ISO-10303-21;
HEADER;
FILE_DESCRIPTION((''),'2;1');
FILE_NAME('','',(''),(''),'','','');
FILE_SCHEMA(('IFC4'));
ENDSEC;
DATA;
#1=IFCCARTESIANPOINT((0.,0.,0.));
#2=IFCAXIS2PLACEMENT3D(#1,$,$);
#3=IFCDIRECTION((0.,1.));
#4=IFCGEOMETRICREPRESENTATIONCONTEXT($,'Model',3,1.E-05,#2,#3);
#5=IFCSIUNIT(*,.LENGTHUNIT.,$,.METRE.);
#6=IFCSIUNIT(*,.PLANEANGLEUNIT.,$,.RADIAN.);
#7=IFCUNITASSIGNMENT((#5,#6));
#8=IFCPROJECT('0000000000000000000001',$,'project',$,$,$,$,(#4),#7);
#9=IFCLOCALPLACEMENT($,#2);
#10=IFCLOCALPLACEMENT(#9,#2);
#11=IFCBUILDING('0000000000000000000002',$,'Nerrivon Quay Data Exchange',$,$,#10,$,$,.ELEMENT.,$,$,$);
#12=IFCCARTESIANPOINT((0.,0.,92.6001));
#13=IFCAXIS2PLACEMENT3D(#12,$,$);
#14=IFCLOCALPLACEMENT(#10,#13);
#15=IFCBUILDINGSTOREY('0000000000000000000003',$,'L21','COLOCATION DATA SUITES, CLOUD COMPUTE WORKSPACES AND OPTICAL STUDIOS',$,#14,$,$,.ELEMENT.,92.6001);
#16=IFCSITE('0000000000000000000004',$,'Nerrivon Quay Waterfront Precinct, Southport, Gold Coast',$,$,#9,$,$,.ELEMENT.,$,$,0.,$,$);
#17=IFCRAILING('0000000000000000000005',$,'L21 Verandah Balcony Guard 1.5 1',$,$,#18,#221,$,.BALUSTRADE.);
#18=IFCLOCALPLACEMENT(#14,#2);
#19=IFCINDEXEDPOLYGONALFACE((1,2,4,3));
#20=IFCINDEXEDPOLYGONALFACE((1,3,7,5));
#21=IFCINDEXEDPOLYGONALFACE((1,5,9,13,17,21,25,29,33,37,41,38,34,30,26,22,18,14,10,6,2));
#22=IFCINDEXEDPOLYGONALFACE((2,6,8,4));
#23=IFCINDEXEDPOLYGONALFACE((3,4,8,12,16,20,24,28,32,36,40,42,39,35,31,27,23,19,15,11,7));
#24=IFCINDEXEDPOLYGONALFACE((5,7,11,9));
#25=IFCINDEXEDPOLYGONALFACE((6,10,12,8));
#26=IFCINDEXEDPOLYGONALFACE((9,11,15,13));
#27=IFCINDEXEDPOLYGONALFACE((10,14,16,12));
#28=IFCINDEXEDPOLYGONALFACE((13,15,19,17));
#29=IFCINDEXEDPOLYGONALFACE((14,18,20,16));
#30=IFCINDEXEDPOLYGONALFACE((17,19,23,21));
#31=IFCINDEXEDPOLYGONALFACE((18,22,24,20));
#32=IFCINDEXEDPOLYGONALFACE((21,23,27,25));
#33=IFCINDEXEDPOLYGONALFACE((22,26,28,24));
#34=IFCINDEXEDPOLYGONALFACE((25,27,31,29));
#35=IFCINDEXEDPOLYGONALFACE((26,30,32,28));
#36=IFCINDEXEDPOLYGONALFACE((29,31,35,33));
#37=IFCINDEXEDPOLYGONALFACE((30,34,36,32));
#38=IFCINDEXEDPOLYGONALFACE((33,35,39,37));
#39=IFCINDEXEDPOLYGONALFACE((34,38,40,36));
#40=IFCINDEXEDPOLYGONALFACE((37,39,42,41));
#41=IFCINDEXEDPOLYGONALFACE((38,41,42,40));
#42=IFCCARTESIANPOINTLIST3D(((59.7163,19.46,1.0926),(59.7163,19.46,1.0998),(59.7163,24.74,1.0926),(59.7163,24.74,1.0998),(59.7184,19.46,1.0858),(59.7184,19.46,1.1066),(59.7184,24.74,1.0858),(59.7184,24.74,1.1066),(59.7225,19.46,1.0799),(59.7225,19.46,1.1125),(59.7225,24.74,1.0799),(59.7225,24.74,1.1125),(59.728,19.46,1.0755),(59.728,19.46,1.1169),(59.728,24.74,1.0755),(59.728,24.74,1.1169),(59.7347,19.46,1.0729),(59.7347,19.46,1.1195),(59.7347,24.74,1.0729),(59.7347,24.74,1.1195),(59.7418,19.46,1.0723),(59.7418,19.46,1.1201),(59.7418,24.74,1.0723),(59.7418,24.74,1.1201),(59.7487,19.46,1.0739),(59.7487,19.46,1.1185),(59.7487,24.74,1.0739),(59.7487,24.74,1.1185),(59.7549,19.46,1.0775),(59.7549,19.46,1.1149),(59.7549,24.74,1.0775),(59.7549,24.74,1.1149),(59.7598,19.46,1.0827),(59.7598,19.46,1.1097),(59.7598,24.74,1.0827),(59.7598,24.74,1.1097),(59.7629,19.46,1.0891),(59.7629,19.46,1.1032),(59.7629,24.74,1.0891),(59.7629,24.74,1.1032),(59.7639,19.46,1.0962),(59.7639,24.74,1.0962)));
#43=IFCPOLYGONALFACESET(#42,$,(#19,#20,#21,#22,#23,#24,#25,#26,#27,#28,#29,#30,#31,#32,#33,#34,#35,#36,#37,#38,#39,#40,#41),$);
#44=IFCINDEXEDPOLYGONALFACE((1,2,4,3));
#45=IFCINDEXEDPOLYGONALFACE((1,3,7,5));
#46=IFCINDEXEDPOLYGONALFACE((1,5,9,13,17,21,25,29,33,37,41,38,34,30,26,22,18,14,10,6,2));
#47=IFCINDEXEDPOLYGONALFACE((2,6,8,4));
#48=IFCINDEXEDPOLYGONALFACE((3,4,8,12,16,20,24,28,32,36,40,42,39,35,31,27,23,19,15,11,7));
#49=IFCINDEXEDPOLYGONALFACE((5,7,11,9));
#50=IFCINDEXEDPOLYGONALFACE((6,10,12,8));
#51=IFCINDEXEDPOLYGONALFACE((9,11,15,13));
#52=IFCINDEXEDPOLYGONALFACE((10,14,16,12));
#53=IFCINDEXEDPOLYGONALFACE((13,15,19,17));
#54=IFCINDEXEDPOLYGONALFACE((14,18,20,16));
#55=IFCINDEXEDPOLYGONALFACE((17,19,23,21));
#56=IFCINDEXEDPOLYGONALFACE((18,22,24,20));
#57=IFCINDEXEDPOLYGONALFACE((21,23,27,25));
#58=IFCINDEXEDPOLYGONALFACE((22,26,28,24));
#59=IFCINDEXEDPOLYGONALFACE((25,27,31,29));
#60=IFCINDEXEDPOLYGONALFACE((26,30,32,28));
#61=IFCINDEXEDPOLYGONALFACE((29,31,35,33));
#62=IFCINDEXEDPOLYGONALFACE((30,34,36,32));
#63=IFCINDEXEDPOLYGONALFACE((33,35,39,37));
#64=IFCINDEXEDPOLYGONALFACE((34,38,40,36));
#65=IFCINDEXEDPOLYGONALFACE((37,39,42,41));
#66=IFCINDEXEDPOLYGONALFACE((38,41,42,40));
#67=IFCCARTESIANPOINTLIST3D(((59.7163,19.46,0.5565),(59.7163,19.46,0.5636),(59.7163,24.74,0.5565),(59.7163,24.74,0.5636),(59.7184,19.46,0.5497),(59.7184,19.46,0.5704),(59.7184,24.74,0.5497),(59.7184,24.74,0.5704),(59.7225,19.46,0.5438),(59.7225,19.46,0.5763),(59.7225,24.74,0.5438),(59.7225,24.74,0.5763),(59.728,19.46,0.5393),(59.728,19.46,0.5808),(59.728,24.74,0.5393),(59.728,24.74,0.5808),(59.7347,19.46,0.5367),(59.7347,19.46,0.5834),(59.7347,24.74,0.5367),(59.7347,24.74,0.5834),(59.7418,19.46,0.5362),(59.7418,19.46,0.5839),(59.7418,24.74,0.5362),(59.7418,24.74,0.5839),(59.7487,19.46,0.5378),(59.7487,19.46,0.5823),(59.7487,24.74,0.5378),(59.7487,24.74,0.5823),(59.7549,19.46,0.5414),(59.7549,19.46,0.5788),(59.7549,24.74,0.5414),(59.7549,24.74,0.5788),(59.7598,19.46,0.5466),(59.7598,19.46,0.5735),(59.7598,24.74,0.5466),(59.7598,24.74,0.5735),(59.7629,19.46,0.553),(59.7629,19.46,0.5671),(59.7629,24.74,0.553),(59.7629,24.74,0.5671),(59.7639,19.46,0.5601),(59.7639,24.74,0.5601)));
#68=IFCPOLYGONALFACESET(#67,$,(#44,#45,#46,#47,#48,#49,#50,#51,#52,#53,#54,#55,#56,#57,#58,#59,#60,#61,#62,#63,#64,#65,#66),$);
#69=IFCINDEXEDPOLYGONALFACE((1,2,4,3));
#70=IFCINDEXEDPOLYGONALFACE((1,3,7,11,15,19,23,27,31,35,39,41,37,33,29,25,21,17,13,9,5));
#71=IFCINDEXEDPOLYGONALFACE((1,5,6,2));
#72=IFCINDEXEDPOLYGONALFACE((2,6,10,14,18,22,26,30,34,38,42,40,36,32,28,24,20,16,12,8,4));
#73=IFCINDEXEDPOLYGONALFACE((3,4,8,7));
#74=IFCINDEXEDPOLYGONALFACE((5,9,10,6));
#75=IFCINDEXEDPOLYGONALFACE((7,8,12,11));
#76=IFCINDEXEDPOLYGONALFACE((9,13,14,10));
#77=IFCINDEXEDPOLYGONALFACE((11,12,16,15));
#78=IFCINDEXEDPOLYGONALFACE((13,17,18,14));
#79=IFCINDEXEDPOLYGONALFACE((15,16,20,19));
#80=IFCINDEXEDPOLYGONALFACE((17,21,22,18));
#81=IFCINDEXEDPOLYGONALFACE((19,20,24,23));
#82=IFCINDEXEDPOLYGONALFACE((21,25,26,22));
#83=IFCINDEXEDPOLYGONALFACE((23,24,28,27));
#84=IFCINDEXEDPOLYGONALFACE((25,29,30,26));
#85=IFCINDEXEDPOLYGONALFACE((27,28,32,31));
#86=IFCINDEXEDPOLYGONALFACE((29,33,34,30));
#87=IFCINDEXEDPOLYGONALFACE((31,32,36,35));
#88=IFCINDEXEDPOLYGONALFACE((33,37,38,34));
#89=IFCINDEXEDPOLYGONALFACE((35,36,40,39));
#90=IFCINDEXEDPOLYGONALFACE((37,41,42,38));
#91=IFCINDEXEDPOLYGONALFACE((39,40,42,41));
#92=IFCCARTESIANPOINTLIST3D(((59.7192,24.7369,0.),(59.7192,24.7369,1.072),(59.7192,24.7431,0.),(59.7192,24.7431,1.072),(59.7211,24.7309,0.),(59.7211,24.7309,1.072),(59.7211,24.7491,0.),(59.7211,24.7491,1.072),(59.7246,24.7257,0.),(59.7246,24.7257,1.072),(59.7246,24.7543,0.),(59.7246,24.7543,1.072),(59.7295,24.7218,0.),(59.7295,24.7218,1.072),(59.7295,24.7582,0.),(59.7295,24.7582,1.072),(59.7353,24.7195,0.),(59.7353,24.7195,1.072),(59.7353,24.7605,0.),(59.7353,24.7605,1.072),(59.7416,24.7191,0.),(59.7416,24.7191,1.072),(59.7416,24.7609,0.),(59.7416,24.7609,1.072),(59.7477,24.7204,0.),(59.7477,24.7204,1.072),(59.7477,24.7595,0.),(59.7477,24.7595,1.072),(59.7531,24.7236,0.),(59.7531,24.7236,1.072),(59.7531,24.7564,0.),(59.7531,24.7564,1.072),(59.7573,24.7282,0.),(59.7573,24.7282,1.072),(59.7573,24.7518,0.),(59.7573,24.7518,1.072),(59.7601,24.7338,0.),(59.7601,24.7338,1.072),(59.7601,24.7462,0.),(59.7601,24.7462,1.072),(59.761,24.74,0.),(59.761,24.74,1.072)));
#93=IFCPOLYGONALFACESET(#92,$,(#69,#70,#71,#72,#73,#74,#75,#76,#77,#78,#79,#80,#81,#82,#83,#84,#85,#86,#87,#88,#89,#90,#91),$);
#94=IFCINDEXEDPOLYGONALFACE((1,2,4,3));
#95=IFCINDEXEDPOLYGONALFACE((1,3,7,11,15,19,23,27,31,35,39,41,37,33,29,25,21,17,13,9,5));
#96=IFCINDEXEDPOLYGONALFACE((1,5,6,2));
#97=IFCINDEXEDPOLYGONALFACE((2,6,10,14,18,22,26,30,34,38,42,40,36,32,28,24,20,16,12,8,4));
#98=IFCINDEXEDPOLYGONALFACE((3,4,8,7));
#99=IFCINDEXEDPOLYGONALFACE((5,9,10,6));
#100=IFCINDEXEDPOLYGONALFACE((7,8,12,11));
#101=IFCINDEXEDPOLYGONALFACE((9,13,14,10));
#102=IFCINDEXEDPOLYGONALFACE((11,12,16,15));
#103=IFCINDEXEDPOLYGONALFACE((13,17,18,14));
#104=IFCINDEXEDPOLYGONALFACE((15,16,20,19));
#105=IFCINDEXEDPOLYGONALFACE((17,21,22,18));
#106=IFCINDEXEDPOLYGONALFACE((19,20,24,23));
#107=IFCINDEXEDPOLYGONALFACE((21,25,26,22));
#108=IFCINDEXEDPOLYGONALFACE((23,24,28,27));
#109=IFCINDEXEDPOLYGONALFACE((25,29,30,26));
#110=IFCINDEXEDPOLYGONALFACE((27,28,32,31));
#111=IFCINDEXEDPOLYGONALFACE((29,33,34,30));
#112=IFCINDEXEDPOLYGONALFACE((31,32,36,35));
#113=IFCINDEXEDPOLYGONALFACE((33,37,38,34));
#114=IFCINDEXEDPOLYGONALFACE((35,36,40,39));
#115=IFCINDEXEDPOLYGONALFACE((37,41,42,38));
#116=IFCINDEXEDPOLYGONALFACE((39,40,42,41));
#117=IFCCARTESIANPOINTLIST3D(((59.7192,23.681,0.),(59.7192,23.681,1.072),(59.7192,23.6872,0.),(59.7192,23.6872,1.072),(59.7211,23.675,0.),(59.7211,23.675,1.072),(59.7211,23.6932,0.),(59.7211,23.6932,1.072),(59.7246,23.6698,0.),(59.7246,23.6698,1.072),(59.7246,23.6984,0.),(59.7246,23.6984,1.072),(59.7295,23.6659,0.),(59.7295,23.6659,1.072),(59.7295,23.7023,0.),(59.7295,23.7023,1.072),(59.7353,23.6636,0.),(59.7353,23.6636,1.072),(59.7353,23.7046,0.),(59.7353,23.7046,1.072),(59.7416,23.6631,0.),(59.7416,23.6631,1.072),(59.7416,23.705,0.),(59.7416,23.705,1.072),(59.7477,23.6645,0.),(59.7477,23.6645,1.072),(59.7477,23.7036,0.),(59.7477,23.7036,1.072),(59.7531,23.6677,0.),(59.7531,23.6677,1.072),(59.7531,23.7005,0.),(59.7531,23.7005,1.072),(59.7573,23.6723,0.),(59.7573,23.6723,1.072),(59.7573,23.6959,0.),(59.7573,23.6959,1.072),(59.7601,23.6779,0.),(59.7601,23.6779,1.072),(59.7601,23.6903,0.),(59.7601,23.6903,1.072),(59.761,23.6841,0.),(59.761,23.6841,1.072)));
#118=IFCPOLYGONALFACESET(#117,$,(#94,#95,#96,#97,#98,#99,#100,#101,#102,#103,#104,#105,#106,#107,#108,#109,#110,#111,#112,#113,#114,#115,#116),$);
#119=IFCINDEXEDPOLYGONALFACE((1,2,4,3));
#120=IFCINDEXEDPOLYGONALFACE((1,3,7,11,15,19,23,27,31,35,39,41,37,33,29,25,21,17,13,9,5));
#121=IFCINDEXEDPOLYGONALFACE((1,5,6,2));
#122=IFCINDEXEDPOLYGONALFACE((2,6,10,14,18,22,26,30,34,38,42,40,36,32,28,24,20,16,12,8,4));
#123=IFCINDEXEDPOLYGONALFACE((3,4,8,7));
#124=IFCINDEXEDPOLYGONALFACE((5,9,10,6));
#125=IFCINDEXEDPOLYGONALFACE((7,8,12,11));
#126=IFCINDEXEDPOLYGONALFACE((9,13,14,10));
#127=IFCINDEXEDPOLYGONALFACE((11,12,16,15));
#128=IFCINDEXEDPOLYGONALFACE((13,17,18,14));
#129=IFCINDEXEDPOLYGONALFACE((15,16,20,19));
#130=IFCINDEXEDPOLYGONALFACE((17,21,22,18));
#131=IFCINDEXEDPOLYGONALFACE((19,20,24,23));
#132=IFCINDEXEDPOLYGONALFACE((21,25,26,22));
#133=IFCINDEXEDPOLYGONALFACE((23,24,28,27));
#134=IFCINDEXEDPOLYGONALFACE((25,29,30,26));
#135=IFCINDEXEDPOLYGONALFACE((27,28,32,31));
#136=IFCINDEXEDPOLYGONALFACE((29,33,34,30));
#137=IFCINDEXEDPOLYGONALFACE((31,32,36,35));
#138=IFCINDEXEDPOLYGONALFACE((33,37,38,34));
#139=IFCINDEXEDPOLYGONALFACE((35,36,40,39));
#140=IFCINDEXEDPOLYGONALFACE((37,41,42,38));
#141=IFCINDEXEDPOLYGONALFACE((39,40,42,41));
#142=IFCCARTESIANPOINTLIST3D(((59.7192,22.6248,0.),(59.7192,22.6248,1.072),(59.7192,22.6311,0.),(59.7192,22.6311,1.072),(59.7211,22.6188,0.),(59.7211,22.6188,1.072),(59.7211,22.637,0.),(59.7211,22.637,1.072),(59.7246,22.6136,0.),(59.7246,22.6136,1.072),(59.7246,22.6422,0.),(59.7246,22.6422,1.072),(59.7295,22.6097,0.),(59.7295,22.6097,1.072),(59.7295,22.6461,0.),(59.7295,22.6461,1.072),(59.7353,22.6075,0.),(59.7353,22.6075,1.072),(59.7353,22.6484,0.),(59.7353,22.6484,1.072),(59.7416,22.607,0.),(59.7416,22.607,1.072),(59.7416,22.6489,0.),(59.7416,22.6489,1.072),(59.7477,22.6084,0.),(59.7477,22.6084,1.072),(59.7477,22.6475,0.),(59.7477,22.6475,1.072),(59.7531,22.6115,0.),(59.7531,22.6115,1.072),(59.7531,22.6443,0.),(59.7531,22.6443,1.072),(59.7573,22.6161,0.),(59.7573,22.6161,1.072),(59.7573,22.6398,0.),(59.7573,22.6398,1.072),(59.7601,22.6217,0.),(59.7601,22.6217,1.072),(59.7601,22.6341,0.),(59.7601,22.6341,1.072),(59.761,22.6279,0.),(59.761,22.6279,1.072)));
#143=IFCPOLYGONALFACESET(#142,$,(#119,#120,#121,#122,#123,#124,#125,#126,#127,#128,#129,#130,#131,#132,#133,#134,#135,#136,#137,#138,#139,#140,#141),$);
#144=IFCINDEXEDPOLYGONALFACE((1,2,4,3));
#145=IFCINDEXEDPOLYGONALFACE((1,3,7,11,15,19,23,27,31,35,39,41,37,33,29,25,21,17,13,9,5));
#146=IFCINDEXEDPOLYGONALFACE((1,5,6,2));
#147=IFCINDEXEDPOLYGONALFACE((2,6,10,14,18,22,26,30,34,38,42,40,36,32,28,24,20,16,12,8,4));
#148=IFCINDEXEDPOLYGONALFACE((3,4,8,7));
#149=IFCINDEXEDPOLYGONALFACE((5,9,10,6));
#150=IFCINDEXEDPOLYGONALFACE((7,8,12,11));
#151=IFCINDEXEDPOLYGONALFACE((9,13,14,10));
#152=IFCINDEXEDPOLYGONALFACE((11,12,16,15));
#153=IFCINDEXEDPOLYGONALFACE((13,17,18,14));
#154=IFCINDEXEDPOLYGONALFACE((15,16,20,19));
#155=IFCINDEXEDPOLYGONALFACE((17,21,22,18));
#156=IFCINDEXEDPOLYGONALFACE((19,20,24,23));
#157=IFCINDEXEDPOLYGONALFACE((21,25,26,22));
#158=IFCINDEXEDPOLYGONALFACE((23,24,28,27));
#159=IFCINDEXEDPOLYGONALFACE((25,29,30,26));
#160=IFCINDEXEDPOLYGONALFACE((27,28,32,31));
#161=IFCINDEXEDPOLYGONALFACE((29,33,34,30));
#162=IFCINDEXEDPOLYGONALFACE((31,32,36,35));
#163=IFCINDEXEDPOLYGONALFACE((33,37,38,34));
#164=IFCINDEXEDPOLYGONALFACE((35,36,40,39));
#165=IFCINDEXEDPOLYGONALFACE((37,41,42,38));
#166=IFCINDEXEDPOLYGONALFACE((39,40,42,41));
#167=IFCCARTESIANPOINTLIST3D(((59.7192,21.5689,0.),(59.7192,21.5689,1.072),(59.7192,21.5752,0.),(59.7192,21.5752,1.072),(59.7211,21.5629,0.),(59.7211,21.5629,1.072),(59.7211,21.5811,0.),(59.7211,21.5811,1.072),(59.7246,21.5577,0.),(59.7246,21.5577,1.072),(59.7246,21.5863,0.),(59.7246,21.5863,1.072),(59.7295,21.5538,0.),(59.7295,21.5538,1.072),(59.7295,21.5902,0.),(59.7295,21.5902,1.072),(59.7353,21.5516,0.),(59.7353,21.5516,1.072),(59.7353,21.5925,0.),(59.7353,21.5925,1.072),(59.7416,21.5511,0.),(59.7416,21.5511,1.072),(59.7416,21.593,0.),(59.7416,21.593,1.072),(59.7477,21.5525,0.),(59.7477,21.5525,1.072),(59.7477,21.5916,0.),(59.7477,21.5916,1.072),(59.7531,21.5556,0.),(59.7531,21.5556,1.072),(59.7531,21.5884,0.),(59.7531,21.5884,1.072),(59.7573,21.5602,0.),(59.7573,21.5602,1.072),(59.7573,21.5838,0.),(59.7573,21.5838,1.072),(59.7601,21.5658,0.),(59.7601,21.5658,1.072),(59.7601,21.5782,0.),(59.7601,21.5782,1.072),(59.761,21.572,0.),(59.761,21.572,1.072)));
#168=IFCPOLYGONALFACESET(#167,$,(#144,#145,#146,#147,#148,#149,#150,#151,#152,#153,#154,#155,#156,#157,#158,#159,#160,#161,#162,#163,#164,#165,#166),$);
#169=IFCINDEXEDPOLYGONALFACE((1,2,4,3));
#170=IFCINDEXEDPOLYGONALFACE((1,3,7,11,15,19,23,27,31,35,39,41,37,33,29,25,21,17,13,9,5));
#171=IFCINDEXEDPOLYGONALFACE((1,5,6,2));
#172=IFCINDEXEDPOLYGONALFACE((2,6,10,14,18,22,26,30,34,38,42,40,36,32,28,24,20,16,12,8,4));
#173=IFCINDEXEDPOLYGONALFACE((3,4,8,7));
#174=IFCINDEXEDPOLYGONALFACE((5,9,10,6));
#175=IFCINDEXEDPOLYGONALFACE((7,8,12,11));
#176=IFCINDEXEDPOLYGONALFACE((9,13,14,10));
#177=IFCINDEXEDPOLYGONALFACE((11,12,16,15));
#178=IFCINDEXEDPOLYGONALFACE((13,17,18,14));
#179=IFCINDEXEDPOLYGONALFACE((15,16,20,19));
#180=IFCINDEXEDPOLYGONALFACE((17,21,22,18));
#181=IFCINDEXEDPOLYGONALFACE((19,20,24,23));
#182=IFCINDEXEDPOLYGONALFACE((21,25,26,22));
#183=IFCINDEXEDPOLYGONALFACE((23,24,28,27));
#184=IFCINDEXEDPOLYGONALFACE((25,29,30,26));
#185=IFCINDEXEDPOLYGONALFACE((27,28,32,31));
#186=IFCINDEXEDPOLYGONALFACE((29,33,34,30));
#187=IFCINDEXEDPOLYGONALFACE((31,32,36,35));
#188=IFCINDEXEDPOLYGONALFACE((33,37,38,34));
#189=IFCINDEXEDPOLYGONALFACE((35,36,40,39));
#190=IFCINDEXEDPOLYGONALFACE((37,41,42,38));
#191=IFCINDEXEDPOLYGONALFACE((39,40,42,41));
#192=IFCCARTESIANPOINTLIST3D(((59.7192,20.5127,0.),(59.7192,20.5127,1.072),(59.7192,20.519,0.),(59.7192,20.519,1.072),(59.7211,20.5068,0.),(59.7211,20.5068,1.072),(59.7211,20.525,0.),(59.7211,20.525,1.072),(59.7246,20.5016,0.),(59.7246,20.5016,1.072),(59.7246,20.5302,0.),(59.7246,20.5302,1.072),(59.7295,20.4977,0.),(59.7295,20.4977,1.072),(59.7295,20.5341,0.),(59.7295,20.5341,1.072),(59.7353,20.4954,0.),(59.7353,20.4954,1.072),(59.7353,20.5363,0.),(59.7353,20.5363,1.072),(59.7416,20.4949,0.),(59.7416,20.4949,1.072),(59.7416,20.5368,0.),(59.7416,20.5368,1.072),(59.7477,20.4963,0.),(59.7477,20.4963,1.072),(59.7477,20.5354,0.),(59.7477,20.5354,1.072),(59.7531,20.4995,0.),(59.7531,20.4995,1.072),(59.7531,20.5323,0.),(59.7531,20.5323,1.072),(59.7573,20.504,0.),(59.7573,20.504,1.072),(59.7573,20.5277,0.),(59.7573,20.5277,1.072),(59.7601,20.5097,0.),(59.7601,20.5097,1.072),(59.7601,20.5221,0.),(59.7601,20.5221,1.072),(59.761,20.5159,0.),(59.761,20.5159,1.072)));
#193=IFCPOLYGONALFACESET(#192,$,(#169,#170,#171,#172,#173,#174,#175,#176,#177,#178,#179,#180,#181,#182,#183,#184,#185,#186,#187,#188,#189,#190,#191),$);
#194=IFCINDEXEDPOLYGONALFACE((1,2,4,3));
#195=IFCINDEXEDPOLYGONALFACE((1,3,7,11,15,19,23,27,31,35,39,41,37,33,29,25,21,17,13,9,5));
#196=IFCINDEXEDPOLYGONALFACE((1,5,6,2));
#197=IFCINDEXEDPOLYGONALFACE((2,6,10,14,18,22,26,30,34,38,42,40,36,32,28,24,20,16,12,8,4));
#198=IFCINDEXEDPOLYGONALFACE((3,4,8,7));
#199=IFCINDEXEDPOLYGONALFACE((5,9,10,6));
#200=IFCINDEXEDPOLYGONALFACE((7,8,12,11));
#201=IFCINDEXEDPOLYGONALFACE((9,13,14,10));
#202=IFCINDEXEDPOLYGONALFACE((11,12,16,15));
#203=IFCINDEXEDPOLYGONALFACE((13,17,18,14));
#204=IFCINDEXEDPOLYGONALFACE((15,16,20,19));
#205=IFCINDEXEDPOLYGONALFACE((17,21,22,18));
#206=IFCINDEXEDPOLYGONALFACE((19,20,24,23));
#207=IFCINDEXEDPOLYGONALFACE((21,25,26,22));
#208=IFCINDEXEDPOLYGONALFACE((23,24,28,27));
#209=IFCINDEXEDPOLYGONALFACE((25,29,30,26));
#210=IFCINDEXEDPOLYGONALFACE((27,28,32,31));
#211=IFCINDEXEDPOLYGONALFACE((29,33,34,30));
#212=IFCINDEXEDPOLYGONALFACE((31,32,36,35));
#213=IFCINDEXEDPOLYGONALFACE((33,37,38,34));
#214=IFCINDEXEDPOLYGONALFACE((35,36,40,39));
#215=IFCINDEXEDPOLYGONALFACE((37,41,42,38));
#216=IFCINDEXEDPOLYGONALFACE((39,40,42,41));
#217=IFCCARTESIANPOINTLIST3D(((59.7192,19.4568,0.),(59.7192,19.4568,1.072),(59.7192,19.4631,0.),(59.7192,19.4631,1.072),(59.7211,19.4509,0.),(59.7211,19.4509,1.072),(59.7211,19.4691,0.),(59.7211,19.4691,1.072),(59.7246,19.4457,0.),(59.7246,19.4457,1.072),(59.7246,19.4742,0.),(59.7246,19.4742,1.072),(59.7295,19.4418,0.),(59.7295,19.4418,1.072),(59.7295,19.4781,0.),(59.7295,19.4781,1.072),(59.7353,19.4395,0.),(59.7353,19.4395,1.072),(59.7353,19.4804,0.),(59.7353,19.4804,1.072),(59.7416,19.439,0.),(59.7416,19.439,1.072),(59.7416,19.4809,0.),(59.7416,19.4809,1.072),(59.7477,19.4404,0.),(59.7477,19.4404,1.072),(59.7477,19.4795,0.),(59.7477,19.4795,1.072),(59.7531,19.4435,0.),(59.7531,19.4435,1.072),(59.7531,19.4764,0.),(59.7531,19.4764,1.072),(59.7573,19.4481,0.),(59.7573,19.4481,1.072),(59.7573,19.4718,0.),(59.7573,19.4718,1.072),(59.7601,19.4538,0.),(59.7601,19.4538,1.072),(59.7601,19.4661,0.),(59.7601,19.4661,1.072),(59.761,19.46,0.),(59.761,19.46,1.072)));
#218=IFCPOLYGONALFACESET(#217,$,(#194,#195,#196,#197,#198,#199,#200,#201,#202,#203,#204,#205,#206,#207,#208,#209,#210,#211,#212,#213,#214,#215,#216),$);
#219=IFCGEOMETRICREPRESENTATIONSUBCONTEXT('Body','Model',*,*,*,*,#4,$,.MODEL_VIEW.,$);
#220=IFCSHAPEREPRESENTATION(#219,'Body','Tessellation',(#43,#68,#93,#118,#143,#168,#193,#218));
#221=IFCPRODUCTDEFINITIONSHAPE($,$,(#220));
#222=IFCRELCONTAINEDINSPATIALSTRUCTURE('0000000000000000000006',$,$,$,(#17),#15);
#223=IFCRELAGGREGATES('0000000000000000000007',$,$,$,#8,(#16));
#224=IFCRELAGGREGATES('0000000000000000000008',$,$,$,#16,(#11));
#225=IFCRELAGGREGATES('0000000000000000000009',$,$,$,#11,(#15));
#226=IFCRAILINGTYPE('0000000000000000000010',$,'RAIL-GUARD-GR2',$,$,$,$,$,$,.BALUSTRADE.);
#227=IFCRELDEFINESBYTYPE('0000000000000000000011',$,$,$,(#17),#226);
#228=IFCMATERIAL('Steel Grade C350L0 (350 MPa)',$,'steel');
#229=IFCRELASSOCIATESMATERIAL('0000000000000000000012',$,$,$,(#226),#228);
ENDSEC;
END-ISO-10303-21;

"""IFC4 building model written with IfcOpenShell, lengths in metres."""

from ifc_helpers import new_model, si_unit, direction, frame, origin, origin_2d, place, context, subcontext, project, spatial, circle, extrude, material, type_object, element, save


model = new_model("IFC4")

# Units and contexts
model_context = context("Model", 3, precision=1e-05, world=origin(), true_north=direction((0.0, 1.0)))
body_context = subcontext(model_context, "Body", "Model", "MODEL_VIEW")
ifc_project = project(units=[si_unit("LENGTHUNIT", "METRE"), si_unit("PLANEANGLEUNIT", "RADIAN")], contexts=[model_context])

# Site, building, storey
site_placement = place(None, origin())
site = spatial("IfcSite", under=ifc_project, at=site_placement, Name="Nerrivon Quay Waterfront Precinct, Southport, Gold Coast", CompositionType="ELEMENT", RefElevation=0.0)
building_placement = place(site_placement, origin())
building = spatial("IfcBuilding", under=site, at=building_placement, Name="Nerrivon Quay Data Exchange", CompositionType="ELEMENT")
storey_placement = place(building_placement, frame((0.0, 0.0, 92.6001)))
storey = spatial("IfcBuildingStorey", under=building, at=storey_placement, Name="L21", Description="COLOCATION DATA SUITES, CLOUD COMPUTE WORKSPACES AND OPTICAL STUDIOS", CompositionType="ELEMENT", Elevation=92.6001)

# Railing
ifc_material_1 = material(Name="Steel Grade C350L0 (350 MPa)", Category="steel")
railing_type = type_object("IfcRailingType", Name="RAIL-GUARD-GR2", PredefinedType="BALUSTRADE", material=ifc_material_1)
railing_1_placement = place(storey_placement, frame((59.74, 24.74, 0.0)))
element("IfcRailing", 1, at=railing_1_placement, inside=storey, type_object=railing_type, Name="L21 Verandah Balcony Guard 1.5 1", PredefinedType="BALUSTRADE", context=body_context, shape_type="SweptSolid", body=[
    extrude(circle(Radius=0.0239, at=origin_2d()), frame((0.0, 0.0, 1.0962), z_axis=(0.0, -1.0, 0.0), x_axis=(1.0, 0.0, 0.0)), (0.0, 0.0, 1.0), 5.28),
    extrude(circle(Radius=0.0239, at=origin_2d()), frame((0.0, 0.0, 0.5601), z_axis=(0.0, -1.0, 0.0), x_axis=(1.0, 0.0, 0.0)), (0.0, 0.0, 1.0), 5.28),
    extrude(circle(Radius=0.021, at=origin_2d()), origin(), (0.0, 0.0, 1.0), 1.072),
    extrude(circle(Radius=0.021, at=origin_2d()), frame((0.0, -1.0559, 0.0)), (0.0, 0.0, 1.0), 1.072),
    extrude(circle(Radius=0.021, at=origin_2d()), frame((0.0, -2.1121, 0.0)), (0.0, 0.0, 1.0), 1.072),
    extrude(circle(Radius=0.021, at=origin_2d()), frame((0.0, -3.168, 0.0)), (0.0, 0.0, 1.0), 1.072),
    extrude(circle(Radius=0.021, at=origin_2d()), frame((0.0, -4.2241, 0.0)), (0.0, 0.0, 1.0), 1.072),
    extrude(circle(Radius=0.021, at=origin_2d()), frame((0.0, -5.28, 0.0)), (0.0, 0.0, 1.0), 1.072),
])

save(model, "model.ifc")
